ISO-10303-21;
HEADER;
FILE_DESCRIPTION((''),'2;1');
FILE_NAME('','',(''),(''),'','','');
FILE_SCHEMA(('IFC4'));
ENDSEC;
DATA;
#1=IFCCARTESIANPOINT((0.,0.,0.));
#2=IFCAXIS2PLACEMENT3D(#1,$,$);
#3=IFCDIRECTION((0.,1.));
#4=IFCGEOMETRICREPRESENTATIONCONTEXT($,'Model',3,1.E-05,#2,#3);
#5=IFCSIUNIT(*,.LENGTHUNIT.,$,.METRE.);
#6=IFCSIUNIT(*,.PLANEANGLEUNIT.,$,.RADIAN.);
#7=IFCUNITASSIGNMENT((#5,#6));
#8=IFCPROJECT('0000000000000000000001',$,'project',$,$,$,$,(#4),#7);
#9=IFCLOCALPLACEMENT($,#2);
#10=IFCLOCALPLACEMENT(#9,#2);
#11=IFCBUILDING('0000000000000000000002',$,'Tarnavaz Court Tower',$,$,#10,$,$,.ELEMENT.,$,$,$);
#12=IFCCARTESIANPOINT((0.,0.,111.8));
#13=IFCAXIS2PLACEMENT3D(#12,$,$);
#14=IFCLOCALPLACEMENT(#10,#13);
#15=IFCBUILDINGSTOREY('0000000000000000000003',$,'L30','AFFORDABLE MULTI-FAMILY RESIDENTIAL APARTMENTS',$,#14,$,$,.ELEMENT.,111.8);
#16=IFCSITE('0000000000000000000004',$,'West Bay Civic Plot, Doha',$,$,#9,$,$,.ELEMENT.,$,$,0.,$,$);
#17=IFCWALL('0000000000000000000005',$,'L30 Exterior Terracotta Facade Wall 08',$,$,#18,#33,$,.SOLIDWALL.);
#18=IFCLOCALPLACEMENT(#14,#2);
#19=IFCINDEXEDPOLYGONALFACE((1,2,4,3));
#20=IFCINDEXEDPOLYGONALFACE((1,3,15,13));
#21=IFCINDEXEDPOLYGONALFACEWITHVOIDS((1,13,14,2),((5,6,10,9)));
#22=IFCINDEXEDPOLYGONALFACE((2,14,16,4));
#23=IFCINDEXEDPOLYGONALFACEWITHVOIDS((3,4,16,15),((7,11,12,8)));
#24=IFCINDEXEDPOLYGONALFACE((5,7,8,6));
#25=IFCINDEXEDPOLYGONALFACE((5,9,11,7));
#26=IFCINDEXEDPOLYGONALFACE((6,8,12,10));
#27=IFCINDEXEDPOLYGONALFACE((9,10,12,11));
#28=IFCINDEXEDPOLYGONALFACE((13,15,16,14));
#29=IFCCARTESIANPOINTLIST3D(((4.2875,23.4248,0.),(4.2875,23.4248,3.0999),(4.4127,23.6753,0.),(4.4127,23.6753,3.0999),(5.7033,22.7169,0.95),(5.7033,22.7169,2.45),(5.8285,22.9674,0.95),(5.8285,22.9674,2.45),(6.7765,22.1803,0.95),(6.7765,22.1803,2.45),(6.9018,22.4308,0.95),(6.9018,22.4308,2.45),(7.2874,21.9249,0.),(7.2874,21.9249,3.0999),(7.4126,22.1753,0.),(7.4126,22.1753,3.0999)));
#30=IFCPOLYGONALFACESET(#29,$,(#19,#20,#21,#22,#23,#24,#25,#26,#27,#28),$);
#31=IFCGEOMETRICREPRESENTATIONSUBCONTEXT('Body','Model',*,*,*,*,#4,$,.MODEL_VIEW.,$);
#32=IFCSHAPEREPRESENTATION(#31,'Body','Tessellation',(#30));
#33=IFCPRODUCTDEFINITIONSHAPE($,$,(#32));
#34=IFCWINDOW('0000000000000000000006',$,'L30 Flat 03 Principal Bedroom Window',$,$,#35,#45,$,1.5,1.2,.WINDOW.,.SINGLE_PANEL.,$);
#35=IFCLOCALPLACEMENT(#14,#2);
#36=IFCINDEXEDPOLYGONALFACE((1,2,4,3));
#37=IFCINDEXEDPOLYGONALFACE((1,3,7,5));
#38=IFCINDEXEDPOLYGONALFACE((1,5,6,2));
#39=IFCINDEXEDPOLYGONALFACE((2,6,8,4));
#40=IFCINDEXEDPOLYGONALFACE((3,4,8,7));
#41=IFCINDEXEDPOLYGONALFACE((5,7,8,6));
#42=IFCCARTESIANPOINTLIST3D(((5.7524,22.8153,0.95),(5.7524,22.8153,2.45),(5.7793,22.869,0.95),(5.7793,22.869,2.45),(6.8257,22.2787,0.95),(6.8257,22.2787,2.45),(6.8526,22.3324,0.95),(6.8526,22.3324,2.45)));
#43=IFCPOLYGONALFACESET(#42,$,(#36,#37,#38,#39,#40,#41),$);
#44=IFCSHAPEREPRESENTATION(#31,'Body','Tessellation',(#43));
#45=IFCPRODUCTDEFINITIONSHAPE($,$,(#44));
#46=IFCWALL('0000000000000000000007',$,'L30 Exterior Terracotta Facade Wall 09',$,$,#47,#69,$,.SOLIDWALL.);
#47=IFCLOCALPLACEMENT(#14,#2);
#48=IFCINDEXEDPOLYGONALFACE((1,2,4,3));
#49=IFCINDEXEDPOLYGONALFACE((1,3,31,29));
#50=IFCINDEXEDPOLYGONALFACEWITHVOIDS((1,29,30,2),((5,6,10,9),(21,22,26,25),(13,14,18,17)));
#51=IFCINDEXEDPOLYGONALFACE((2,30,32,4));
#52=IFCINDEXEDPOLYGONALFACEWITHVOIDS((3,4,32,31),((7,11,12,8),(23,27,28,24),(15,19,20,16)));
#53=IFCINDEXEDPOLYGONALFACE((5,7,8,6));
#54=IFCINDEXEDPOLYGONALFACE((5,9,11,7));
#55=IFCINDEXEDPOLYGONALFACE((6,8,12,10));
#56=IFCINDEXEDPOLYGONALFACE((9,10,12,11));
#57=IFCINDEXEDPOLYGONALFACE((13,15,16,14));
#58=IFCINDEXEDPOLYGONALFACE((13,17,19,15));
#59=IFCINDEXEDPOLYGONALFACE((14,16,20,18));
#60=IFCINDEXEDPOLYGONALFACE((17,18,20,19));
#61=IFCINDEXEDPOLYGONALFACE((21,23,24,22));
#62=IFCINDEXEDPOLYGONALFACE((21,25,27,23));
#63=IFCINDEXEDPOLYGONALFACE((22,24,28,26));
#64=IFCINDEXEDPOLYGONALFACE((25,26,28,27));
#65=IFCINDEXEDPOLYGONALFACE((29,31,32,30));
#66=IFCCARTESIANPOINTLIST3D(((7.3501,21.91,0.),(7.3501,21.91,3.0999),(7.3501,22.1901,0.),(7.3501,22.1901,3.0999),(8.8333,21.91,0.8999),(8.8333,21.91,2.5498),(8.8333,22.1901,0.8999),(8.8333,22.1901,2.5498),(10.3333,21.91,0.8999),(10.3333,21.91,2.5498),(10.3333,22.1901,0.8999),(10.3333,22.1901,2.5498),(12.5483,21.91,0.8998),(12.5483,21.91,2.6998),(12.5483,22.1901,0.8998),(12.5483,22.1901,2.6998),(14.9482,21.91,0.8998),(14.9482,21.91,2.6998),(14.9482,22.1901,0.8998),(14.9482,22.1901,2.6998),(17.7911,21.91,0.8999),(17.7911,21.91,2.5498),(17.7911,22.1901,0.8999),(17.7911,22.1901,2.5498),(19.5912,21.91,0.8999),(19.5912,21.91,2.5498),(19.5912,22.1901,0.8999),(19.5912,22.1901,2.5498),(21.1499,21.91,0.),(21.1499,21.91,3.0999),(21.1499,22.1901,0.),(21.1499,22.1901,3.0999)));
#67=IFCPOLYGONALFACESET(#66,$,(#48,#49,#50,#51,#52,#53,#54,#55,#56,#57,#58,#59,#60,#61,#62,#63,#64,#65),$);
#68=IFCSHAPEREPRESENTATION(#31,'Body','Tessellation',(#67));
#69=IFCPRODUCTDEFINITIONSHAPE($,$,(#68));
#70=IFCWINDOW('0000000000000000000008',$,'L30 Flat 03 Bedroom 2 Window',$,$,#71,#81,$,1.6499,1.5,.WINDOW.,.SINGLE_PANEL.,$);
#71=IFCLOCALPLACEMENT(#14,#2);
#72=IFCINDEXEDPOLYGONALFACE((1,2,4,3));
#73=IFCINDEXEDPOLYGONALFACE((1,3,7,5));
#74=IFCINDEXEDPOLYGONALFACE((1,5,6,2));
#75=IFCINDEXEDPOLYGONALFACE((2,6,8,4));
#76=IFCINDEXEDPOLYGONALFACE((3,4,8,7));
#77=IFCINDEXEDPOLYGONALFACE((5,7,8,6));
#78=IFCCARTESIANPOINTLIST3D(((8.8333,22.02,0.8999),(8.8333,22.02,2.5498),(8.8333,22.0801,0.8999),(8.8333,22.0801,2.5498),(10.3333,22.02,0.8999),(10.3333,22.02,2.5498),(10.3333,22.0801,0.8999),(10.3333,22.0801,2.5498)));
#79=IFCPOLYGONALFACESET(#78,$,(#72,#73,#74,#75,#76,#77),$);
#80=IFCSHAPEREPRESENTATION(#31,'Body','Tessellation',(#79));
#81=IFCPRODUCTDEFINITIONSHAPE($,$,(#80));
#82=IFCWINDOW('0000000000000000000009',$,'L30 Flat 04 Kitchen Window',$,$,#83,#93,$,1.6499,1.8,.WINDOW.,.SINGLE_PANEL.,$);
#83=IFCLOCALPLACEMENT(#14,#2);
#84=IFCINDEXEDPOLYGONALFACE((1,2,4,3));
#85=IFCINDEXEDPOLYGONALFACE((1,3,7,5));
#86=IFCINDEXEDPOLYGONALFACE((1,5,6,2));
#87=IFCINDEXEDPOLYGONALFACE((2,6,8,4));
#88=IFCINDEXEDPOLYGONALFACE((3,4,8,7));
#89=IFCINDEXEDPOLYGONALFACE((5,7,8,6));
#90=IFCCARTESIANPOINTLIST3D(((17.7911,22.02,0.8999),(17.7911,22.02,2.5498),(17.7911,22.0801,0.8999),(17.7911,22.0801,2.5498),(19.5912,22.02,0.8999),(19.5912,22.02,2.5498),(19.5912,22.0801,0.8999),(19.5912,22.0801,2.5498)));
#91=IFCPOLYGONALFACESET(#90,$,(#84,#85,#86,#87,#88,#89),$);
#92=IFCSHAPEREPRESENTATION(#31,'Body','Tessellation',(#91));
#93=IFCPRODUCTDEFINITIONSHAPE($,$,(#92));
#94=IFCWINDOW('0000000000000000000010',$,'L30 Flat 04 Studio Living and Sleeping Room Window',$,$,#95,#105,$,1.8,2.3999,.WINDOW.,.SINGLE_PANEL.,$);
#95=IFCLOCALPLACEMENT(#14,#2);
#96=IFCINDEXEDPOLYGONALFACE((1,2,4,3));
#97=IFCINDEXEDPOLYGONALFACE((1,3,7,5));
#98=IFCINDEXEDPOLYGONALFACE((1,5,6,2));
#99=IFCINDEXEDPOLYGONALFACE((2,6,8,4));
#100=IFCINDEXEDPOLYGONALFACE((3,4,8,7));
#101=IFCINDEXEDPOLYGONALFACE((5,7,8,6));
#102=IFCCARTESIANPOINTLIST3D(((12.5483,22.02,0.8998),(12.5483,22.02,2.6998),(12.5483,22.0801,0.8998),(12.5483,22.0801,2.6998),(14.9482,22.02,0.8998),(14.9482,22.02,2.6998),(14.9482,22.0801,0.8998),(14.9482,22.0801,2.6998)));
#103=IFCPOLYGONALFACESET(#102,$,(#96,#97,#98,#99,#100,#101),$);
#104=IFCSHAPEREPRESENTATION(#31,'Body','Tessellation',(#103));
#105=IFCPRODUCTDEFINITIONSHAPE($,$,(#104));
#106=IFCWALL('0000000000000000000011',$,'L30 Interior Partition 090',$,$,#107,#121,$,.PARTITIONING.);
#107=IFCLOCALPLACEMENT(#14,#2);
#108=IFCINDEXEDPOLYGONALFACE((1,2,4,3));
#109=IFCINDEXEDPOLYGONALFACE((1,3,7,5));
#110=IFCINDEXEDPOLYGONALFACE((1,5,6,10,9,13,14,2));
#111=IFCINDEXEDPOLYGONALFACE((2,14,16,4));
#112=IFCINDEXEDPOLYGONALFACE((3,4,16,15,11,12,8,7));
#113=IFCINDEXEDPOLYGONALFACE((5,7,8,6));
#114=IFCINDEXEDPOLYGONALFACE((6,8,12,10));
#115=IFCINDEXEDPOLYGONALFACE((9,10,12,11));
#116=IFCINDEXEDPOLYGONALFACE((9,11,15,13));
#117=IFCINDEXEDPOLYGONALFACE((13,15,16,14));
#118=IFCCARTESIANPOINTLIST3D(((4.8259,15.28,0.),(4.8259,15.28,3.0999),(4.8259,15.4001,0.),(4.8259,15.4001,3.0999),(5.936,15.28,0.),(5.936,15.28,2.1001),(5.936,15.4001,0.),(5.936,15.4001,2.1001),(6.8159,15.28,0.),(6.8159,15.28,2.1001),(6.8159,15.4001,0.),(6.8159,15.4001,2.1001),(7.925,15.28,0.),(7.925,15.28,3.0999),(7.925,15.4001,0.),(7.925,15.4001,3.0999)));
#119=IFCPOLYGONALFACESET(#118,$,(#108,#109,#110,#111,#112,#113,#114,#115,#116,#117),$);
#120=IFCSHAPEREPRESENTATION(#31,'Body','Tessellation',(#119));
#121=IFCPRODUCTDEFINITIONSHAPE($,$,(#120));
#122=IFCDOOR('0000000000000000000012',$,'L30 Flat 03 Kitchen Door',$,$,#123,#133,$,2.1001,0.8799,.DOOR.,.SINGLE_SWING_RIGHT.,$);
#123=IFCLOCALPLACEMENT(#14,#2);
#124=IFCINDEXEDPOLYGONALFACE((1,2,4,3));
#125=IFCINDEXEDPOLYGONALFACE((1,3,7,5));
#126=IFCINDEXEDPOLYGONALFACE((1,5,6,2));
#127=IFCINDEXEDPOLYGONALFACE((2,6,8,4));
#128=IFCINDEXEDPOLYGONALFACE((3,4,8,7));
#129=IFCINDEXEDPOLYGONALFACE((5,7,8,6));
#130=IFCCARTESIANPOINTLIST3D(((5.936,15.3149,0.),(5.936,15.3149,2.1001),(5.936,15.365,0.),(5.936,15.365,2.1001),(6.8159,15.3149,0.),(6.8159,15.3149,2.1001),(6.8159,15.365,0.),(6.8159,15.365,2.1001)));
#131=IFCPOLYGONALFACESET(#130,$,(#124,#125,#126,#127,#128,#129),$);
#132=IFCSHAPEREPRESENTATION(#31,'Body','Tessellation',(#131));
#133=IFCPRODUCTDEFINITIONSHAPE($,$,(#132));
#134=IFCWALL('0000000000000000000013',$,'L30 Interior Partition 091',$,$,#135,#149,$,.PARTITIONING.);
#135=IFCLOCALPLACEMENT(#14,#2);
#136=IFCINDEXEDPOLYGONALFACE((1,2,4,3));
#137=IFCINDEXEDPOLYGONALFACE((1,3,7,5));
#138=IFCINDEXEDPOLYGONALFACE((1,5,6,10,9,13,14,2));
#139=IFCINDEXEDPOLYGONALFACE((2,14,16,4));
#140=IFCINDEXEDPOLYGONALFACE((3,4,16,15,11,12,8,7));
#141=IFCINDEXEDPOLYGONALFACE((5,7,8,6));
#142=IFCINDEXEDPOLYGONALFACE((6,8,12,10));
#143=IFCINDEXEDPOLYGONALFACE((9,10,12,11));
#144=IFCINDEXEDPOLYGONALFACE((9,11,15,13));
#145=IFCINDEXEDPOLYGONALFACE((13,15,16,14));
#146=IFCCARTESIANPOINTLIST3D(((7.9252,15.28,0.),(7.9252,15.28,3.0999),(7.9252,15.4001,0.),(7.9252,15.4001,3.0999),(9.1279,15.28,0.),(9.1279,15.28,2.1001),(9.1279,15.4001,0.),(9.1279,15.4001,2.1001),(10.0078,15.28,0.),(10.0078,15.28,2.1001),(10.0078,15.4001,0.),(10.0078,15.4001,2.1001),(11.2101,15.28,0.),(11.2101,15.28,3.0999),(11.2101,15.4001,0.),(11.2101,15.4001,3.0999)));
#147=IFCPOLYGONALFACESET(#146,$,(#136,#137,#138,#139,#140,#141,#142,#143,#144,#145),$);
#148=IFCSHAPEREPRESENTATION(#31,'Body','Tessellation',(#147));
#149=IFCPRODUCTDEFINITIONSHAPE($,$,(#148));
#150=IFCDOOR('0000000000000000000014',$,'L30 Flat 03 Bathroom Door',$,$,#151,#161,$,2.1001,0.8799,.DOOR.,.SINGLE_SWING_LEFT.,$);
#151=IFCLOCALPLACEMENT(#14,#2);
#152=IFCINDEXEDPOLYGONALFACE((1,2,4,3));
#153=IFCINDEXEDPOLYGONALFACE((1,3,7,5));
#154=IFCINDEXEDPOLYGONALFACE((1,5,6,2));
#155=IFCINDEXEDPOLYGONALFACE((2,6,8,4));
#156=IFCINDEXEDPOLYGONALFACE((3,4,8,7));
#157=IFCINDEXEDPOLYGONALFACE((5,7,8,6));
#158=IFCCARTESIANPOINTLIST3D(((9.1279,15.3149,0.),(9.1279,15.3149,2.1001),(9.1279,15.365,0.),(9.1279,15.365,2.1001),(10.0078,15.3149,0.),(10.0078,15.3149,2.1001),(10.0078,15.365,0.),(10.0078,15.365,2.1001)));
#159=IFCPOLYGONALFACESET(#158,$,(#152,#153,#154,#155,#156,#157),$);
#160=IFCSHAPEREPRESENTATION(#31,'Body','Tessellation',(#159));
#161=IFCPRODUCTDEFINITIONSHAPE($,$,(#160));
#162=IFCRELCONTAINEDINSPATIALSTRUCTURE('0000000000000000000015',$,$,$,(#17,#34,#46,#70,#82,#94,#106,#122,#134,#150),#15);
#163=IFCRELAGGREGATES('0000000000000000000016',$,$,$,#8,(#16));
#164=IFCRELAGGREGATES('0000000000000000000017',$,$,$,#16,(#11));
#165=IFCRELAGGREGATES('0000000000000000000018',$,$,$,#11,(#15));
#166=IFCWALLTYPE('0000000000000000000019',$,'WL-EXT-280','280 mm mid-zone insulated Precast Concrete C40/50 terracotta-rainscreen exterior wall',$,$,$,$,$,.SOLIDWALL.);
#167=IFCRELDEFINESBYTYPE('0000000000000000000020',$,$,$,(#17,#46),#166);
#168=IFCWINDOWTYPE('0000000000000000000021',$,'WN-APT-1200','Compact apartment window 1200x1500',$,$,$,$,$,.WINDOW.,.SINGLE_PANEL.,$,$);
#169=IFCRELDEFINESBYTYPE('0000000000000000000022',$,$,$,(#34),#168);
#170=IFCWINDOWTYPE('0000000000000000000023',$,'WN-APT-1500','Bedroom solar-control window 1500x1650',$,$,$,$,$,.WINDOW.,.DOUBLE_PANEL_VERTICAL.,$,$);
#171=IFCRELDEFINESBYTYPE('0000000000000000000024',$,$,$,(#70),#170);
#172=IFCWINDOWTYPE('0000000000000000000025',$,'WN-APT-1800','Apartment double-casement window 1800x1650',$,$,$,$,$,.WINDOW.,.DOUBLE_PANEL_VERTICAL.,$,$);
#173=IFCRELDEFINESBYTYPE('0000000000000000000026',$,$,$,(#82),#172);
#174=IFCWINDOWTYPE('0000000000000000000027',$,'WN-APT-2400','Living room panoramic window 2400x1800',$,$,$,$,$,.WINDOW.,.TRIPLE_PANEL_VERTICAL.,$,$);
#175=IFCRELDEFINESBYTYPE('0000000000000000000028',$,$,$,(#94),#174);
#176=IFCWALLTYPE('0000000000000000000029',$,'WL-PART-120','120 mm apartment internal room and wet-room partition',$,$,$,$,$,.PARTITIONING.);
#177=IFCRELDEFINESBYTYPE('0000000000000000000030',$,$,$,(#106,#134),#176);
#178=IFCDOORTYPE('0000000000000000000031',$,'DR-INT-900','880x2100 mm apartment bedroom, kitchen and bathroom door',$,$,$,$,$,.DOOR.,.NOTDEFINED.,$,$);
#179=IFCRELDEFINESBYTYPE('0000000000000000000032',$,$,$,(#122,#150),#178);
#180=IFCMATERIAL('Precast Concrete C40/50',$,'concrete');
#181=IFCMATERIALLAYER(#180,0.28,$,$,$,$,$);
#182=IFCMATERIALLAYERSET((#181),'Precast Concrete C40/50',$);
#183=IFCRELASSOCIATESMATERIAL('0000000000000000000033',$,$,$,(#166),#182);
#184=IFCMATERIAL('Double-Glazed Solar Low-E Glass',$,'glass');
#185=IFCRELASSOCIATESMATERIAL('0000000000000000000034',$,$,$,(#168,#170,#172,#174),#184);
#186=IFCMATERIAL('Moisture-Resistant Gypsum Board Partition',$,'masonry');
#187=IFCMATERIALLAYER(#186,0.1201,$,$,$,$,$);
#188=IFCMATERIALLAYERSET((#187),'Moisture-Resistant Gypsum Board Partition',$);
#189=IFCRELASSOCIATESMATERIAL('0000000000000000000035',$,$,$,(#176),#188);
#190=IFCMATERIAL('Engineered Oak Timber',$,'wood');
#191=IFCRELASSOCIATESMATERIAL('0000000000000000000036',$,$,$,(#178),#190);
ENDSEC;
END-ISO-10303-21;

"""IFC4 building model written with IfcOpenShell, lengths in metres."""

from ifc_helpers import new_model, si_unit, direction, frame, frame_2d, origin, place, context, subcontext, project, spatial, rectangle, extrude, material, layer, layer_set, type_object, element, fill, save


model = new_model("IFC4")

# Units and contexts
model_context = context("Model", 3, precision=1e-05, world=origin(), true_north=direction((0.0, 1.0)))
body_context = subcontext(model_context, "Body", "Model", "MODEL_VIEW")
ifc_project = project(units=[si_unit("LENGTHUNIT", "METRE"), si_unit("PLANEANGLEUNIT", "RADIAN")], contexts=[model_context])

# Site, building, storey
site_placement = place(None, origin())
site = spatial("IfcSite", under=ifc_project, at=site_placement, Name="West Bay Civic Plot, Doha", CompositionType="ELEMENT", RefElevation=0.0)
building_placement = place(site_placement, origin())
building = spatial("IfcBuilding", under=site, at=building_placement, Name="Tarnavaz Court Tower", CompositionType="ELEMENT")
storey_placement = place(building_placement, frame((0.0, 0.0, 111.8)))
storey = spatial("IfcBuildingStorey", under=building, at=storey_placement, Name="L30", Description="AFFORDABLE MULTI-FAMILY RESIDENTIAL APARTMENTS", CompositionType="ELEMENT", Elevation=111.8)

# Shared definitions
ifc_material_1 = material(Name="Double-Glazed Solar Low-E Glass", Category="glass")

# Wall, opening, window
ifc_material_2 = material(Name="Precast Concrete C40/50", Category="concrete")
ifc_layer_1 = layer(ifc_material_2, 0.28)
ifc_layer_set_1 = layer_set([ifc_layer_1], Name="Precast Concrete C40/50")
wall_type_1 = type_object("IfcWallType", Name="WL-EXT-280", Description="280 mm mid-zone insulated Precast Concrete C40/50 terracotta-rainscreen exterior wall", PredefinedType="SOLIDWALL", material=ifc_layer_set_1)
wall_1_placement = place(storey_placement, frame((4.3501, 23.55, 0.0), z_axis=(0.0, 0.0, 1.0), x_axis=(0.894427, -0.447214, 0.0)))
wall_1 = element("IfcWall", 1, at=wall_1_placement, inside=storey, type_object=wall_type_1, Name="L30 Exterior Terracotta Facade Wall 08", PredefinedType="SOLIDWALL", context=body_context, shape_type="SweptSolid", body=[
    extrude(rectangle(XDim=3.354, YDim=0.28, at=frame_2d((1.677, 0.0))), origin(), (0.0, 0.0, 1.0), 3.0999),
])
opening_1_placement = place(wall_1_placement, frame((1.5828, 0.0, 0.95)))
opening_1 = element("IfcOpeningElement", 2, at=opening_1_placement, cuts=wall_1, PredefinedType="OPENING", context=body_context, shape_type="SweptSolid", body=[
    extrude(rectangle(XDim=1.2, YDim=1.5, at=frame_2d((0.6001, 0.75))), frame((0.0, 0.1499, 0.0), z_axis=(0.0, -1.0, 0.0), x_axis=(1.0, 0.0, 0.0)), (0.0, 0.0, 1.0), 0.3),
])
window_type_1 = type_object("IfcWindowType", Name="WN-APT-1200", Description="Compact apartment window 1200x1500", PartitioningType="SINGLE_PANEL", PredefinedType="WINDOW", material=ifc_material_1)
window_1_placement = place(opening_1_placement, origin())
window_1 = element("IfcWindow", 3, at=window_1_placement, inside=storey, type_object=window_type_1, Name="L30 Flat 03 Principal Bedroom Window", OverallHeight=1.5, OverallWidth=1.2, PartitioningType="SINGLE_PANEL", PredefinedType="WINDOW", context=body_context, shape_type="SweptSolid", body=[
    extrude(rectangle(XDim=1.2, YDim=1.5, at=frame_2d((0.6001, 0.75))), frame((0.0, 0.03, 0.0), z_axis=(0.0, -1.0, 0.0), x_axis=(1.0, 0.0, 0.0)), (0.0, 0.0, 1.0), 0.0601),
])
fill(opening_1, window_1)

# Wall, openings, windows
wall_2_placement = place(storey_placement, frame((7.3501, 22.05, 0.0), z_axis=(0.0, 0.0, 1.0), x_axis=(1.0, 0.0, 0.0)))
wall_2 = element("IfcWall", 4, at=wall_2_placement, inside=storey, type_object=wall_type_1, Name="L30 Exterior Terracotta Facade Wall 09", PredefinedType="SOLIDWALL", context=body_context, shape_type="SweptSolid", body=[
    extrude(rectangle(XDim=13.7998, YDim=0.28, at=frame_2d((6.8999, 0.0))), origin(), (0.0, 0.0, 1.0), 3.0999),
])
opening_2_placement = place(wall_2_placement, frame((1.4832, 0.0, 0.8999)))
opening_2 = element("IfcOpeningElement", 5, at=opening_2_placement, cuts=wall_2, PredefinedType="OPENING", context=body_context, shape_type="SweptSolid", body=[
    extrude(rectangle(XDim=1.5, YDim=1.6499, at=frame_2d((0.75, 0.825))), frame((0.0, 0.1499, 0.0), z_axis=(0.0, -1.0, 0.0), x_axis=(1.0, 0.0, 0.0)), (0.0, 0.0, 1.0), 0.3),
])
opening_3_placement = place(wall_2_placement, frame((5.1982, 0.0, 0.8999)))
opening_3 = element("IfcOpeningElement", 6, at=opening_3_placement, cuts=wall_2, PredefinedType="OPENING", context=body_context, shape_type="SweptSolid", body=[
    extrude(rectangle(XDim=2.3999, YDim=1.8, at=frame_2d((1.2, 0.8999))), frame((0.0, 0.1499, 0.0), z_axis=(0.0, -1.0, 0.0), x_axis=(1.0, 0.0, 0.0)), (0.0, 0.0, 1.0), 0.3),
])
opening_4_placement = place(wall_2_placement, frame((10.4412, 0.0, 0.8999)))
opening_4 = element("IfcOpeningElement", 7, at=opening_4_placement, cuts=wall_2, PredefinedType="OPENING", context=body_context, shape_type="SweptSolid", body=[
    extrude(rectangle(XDim=1.8, YDim=1.6499, at=frame_2d((0.8999, 0.825))), frame((0.0, 0.1499, 0.0), z_axis=(0.0, -1.0, 0.0), x_axis=(1.0, 0.0, 0.0)), (0.0, 0.0, 1.0), 0.3),
])
window_type_2 = type_object("IfcWindowType", Name="WN-APT-1500", Description="Bedroom solar-control window 1500x1650", PartitioningType="DOUBLE_PANEL_VERTICAL", PredefinedType="WINDOW", material=ifc_material_1)
window_2_placement = place(opening_2_placement, origin())
window_2 = element("IfcWindow", 8, at=window_2_placement, inside=storey, type_object=window_type_2, Name="L30 Flat 03 Bedroom 2 Window", OverallHeight=1.6499, OverallWidth=1.5, PartitioningType="SINGLE_PANEL", PredefinedType="WINDOW", context=body_context, shape_type="SweptSolid", body=[
    extrude(rectangle(XDim=1.5, YDim=1.6499, at=frame_2d((0.75, 0.825))), frame((0.0, 0.03, 0.0), z_axis=(0.0, -1.0, 0.0), x_axis=(1.0, 0.0, 0.0)), (0.0, 0.0, 1.0), 0.0601),
])
fill(opening_2, window_2)
window_type_3 = type_object("IfcWindowType", Name="WN-APT-1800", Description="Apartment double-casement window 1800x1650", PartitioningType="DOUBLE_PANEL_VERTICAL", PredefinedType="WINDOW", material=ifc_material_1)
window_3_placement = place(opening_4_placement, origin())
window_3 = element("IfcWindow", 9, at=window_3_placement, inside=storey, type_object=window_type_3, Name="L30 Flat 04 Kitchen Window", OverallHeight=1.6499, OverallWidth=1.8, PartitioningType="SINGLE_PANEL", PredefinedType="WINDOW", context=body_context, shape_type="SweptSolid", body=[
    extrude(rectangle(XDim=1.8, YDim=1.6499, at=frame_2d((0.8999, 0.825))), frame((0.0, 0.03, 0.0), z_axis=(0.0, -1.0, 0.0), x_axis=(1.0, 0.0, 0.0)), (0.0, 0.0, 1.0), 0.0601),
])
fill(opening_4, window_3)
window_type_4 = type_object("IfcWindowType", Name="WN-APT-2400", Description="Living room panoramic window 2400x1800", PartitioningType="TRIPLE_PANEL_VERTICAL", PredefinedType="WINDOW", material=ifc_material_1)
window_4_placement = place(opening_3_placement, origin())
window_4 = element("IfcWindow", 10, at=window_4_placement, inside=storey, type_object=window_type_4, Name="L30 Flat 04 Studio Living and Sleeping Room Window", OverallHeight=1.8, OverallWidth=2.3999, PartitioningType="SINGLE_PANEL", PredefinedType="WINDOW", context=body_context, shape_type="SweptSolid", body=[
    extrude(rectangle(XDim=2.3999, YDim=1.8, at=frame_2d((1.2, 0.8999))), frame((0.0, 0.03, 0.0), z_axis=(0.0, -1.0, 0.0), x_axis=(1.0, 0.0, 0.0)), (0.0, 0.0, 1.0), 0.0601),
])
fill(opening_3, window_4)

# Walls, openings, doors
ifc_material_3 = material(Name="Moisture-Resistant Gypsum Board Partition", Category="masonry")
ifc_layer_2 = layer(ifc_material_3, 0.1201)
ifc_layer_set_2 = layer_set([ifc_layer_2], Name="Moisture-Resistant Gypsum Board Partition")
wall_type_2 = type_object("IfcWallType", Name="WL-PART-120", Description="120 mm apartment internal room and wet-room partition", PredefinedType="PARTITIONING", material=ifc_layer_set_2)
wall_3_placement = place(storey_placement, frame((4.8259, 15.3401, 0.0), z_axis=(0.0, 0.0, 1.0), x_axis=(1.0, 0.0, 0.0)))
wall_3 = element("IfcWall", 11, at=wall_3_placement, inside=storey, type_object=wall_type_2, Name="L30 Interior Partition 090", PredefinedType="PARTITIONING", context=body_context, shape_type="SweptSolid", body=[
    extrude(rectangle(XDim=3.0991, YDim=0.1201, at=frame_2d((1.5496, 0.0))), origin(), (0.0, 0.0, 1.0), 3.0999),
])
opening_5_placement = place(wall_3_placement, frame((1.1101, 0.0, 0.0)))
opening_5 = element("IfcOpeningElement", 12, at=opening_5_placement, cuts=wall_3, PredefinedType="OPENING", context=body_context, shape_type="SweptSolid", body=[
    extrude(rectangle(XDim=0.8799, YDim=2.1001, at=frame_2d((0.4399, 1.05))), frame((0.0, 0.0701, 0.0), z_axis=(0.0, -1.0, 0.0), x_axis=(1.0, 0.0, 0.0)), (0.0, 0.0, 1.0), 0.1401),
])
ifc_material_4 = material(Name="Engineered Oak Timber", Category="wood")
door_type = type_object("IfcDoorType", Name="DR-INT-900", Description="880x2100 mm apartment bedroom, kitchen and bathroom door", OperationType="NOTDEFINED", PredefinedType="DOOR", material=ifc_material_4)
door_1_placement = place(opening_5_placement, origin())
door_1 = element("IfcDoor", 13, at=door_1_placement, inside=storey, type_object=door_type, Name="L30 Flat 03 Kitchen Door", OperationType="SINGLE_SWING_RIGHT", OverallHeight=2.1001, OverallWidth=0.8799, PredefinedType="DOOR", context=body_context, shape_type="SweptSolid", body=[
    extrude(rectangle(XDim=0.8799, YDim=2.1001, at=frame_2d((0.4399, 1.05))), frame((0.0, 0.0249, 0.0), z_axis=(0.0, -1.0, 0.0), x_axis=(1.0, 0.0, 0.0)), (0.0, 0.0, 1.0), 0.05),
])
fill(opening_5, door_1)
wall_4_placement = place(storey_placement, frame((7.925, 15.3401, 0.0), z_axis=(0.0, 0.0, 1.0), x_axis=(1.0, 0.0, 0.0)))
wall_4 = element("IfcWall", 14, at=wall_4_placement, inside=storey, type_object=wall_type_2, Name="L30 Interior Partition 091", PredefinedType="PARTITIONING", context=body_context, shape_type="SweptSolid", body=[
    extrude(rectangle(XDim=3.2849, YDim=0.1201, at=frame_2d((1.6426, 0.0))), origin(), (0.0, 0.0, 1.0), 3.0999),
])
opening_6_placement = place(wall_4_placement, frame((1.2029, 0.0, 0.0)))
opening_6 = element("IfcOpeningElement", 15, at=opening_6_placement, cuts=wall_4, PredefinedType="OPENING", context=body_context, shape_type="SweptSolid", body=[
    extrude(rectangle(XDim=0.8799, YDim=2.1001, at=frame_2d((0.4399, 1.05))), frame((0.0, 0.0701, 0.0), z_axis=(0.0, -1.0, 0.0), x_axis=(1.0, 0.0, 0.0)), (0.0, 0.0, 1.0), 0.1401),
])
door_2_placement = place(opening_6_placement, origin())
door_2 = element("IfcDoor", 16, at=door_2_placement, inside=storey, type_object=door_type, Name="L30 Flat 03 Bathroom Door", OperationType="SINGLE_SWING_LEFT", OverallHeight=2.1001, OverallWidth=0.8799, PredefinedType="DOOR", context=body_context, shape_type="SweptSolid", body=[
    extrude(rectangle(XDim=0.8799, YDim=2.1001, at=frame_2d((0.4399, 1.05))), frame((0.0, 0.0249, 0.0), z_axis=(0.0, -1.0, 0.0), x_axis=(1.0, 0.0, 0.0)), (0.0, 0.0, 1.0), 0.05),
])
fill(opening_6, door_2)

save(model, "model.ifc")
